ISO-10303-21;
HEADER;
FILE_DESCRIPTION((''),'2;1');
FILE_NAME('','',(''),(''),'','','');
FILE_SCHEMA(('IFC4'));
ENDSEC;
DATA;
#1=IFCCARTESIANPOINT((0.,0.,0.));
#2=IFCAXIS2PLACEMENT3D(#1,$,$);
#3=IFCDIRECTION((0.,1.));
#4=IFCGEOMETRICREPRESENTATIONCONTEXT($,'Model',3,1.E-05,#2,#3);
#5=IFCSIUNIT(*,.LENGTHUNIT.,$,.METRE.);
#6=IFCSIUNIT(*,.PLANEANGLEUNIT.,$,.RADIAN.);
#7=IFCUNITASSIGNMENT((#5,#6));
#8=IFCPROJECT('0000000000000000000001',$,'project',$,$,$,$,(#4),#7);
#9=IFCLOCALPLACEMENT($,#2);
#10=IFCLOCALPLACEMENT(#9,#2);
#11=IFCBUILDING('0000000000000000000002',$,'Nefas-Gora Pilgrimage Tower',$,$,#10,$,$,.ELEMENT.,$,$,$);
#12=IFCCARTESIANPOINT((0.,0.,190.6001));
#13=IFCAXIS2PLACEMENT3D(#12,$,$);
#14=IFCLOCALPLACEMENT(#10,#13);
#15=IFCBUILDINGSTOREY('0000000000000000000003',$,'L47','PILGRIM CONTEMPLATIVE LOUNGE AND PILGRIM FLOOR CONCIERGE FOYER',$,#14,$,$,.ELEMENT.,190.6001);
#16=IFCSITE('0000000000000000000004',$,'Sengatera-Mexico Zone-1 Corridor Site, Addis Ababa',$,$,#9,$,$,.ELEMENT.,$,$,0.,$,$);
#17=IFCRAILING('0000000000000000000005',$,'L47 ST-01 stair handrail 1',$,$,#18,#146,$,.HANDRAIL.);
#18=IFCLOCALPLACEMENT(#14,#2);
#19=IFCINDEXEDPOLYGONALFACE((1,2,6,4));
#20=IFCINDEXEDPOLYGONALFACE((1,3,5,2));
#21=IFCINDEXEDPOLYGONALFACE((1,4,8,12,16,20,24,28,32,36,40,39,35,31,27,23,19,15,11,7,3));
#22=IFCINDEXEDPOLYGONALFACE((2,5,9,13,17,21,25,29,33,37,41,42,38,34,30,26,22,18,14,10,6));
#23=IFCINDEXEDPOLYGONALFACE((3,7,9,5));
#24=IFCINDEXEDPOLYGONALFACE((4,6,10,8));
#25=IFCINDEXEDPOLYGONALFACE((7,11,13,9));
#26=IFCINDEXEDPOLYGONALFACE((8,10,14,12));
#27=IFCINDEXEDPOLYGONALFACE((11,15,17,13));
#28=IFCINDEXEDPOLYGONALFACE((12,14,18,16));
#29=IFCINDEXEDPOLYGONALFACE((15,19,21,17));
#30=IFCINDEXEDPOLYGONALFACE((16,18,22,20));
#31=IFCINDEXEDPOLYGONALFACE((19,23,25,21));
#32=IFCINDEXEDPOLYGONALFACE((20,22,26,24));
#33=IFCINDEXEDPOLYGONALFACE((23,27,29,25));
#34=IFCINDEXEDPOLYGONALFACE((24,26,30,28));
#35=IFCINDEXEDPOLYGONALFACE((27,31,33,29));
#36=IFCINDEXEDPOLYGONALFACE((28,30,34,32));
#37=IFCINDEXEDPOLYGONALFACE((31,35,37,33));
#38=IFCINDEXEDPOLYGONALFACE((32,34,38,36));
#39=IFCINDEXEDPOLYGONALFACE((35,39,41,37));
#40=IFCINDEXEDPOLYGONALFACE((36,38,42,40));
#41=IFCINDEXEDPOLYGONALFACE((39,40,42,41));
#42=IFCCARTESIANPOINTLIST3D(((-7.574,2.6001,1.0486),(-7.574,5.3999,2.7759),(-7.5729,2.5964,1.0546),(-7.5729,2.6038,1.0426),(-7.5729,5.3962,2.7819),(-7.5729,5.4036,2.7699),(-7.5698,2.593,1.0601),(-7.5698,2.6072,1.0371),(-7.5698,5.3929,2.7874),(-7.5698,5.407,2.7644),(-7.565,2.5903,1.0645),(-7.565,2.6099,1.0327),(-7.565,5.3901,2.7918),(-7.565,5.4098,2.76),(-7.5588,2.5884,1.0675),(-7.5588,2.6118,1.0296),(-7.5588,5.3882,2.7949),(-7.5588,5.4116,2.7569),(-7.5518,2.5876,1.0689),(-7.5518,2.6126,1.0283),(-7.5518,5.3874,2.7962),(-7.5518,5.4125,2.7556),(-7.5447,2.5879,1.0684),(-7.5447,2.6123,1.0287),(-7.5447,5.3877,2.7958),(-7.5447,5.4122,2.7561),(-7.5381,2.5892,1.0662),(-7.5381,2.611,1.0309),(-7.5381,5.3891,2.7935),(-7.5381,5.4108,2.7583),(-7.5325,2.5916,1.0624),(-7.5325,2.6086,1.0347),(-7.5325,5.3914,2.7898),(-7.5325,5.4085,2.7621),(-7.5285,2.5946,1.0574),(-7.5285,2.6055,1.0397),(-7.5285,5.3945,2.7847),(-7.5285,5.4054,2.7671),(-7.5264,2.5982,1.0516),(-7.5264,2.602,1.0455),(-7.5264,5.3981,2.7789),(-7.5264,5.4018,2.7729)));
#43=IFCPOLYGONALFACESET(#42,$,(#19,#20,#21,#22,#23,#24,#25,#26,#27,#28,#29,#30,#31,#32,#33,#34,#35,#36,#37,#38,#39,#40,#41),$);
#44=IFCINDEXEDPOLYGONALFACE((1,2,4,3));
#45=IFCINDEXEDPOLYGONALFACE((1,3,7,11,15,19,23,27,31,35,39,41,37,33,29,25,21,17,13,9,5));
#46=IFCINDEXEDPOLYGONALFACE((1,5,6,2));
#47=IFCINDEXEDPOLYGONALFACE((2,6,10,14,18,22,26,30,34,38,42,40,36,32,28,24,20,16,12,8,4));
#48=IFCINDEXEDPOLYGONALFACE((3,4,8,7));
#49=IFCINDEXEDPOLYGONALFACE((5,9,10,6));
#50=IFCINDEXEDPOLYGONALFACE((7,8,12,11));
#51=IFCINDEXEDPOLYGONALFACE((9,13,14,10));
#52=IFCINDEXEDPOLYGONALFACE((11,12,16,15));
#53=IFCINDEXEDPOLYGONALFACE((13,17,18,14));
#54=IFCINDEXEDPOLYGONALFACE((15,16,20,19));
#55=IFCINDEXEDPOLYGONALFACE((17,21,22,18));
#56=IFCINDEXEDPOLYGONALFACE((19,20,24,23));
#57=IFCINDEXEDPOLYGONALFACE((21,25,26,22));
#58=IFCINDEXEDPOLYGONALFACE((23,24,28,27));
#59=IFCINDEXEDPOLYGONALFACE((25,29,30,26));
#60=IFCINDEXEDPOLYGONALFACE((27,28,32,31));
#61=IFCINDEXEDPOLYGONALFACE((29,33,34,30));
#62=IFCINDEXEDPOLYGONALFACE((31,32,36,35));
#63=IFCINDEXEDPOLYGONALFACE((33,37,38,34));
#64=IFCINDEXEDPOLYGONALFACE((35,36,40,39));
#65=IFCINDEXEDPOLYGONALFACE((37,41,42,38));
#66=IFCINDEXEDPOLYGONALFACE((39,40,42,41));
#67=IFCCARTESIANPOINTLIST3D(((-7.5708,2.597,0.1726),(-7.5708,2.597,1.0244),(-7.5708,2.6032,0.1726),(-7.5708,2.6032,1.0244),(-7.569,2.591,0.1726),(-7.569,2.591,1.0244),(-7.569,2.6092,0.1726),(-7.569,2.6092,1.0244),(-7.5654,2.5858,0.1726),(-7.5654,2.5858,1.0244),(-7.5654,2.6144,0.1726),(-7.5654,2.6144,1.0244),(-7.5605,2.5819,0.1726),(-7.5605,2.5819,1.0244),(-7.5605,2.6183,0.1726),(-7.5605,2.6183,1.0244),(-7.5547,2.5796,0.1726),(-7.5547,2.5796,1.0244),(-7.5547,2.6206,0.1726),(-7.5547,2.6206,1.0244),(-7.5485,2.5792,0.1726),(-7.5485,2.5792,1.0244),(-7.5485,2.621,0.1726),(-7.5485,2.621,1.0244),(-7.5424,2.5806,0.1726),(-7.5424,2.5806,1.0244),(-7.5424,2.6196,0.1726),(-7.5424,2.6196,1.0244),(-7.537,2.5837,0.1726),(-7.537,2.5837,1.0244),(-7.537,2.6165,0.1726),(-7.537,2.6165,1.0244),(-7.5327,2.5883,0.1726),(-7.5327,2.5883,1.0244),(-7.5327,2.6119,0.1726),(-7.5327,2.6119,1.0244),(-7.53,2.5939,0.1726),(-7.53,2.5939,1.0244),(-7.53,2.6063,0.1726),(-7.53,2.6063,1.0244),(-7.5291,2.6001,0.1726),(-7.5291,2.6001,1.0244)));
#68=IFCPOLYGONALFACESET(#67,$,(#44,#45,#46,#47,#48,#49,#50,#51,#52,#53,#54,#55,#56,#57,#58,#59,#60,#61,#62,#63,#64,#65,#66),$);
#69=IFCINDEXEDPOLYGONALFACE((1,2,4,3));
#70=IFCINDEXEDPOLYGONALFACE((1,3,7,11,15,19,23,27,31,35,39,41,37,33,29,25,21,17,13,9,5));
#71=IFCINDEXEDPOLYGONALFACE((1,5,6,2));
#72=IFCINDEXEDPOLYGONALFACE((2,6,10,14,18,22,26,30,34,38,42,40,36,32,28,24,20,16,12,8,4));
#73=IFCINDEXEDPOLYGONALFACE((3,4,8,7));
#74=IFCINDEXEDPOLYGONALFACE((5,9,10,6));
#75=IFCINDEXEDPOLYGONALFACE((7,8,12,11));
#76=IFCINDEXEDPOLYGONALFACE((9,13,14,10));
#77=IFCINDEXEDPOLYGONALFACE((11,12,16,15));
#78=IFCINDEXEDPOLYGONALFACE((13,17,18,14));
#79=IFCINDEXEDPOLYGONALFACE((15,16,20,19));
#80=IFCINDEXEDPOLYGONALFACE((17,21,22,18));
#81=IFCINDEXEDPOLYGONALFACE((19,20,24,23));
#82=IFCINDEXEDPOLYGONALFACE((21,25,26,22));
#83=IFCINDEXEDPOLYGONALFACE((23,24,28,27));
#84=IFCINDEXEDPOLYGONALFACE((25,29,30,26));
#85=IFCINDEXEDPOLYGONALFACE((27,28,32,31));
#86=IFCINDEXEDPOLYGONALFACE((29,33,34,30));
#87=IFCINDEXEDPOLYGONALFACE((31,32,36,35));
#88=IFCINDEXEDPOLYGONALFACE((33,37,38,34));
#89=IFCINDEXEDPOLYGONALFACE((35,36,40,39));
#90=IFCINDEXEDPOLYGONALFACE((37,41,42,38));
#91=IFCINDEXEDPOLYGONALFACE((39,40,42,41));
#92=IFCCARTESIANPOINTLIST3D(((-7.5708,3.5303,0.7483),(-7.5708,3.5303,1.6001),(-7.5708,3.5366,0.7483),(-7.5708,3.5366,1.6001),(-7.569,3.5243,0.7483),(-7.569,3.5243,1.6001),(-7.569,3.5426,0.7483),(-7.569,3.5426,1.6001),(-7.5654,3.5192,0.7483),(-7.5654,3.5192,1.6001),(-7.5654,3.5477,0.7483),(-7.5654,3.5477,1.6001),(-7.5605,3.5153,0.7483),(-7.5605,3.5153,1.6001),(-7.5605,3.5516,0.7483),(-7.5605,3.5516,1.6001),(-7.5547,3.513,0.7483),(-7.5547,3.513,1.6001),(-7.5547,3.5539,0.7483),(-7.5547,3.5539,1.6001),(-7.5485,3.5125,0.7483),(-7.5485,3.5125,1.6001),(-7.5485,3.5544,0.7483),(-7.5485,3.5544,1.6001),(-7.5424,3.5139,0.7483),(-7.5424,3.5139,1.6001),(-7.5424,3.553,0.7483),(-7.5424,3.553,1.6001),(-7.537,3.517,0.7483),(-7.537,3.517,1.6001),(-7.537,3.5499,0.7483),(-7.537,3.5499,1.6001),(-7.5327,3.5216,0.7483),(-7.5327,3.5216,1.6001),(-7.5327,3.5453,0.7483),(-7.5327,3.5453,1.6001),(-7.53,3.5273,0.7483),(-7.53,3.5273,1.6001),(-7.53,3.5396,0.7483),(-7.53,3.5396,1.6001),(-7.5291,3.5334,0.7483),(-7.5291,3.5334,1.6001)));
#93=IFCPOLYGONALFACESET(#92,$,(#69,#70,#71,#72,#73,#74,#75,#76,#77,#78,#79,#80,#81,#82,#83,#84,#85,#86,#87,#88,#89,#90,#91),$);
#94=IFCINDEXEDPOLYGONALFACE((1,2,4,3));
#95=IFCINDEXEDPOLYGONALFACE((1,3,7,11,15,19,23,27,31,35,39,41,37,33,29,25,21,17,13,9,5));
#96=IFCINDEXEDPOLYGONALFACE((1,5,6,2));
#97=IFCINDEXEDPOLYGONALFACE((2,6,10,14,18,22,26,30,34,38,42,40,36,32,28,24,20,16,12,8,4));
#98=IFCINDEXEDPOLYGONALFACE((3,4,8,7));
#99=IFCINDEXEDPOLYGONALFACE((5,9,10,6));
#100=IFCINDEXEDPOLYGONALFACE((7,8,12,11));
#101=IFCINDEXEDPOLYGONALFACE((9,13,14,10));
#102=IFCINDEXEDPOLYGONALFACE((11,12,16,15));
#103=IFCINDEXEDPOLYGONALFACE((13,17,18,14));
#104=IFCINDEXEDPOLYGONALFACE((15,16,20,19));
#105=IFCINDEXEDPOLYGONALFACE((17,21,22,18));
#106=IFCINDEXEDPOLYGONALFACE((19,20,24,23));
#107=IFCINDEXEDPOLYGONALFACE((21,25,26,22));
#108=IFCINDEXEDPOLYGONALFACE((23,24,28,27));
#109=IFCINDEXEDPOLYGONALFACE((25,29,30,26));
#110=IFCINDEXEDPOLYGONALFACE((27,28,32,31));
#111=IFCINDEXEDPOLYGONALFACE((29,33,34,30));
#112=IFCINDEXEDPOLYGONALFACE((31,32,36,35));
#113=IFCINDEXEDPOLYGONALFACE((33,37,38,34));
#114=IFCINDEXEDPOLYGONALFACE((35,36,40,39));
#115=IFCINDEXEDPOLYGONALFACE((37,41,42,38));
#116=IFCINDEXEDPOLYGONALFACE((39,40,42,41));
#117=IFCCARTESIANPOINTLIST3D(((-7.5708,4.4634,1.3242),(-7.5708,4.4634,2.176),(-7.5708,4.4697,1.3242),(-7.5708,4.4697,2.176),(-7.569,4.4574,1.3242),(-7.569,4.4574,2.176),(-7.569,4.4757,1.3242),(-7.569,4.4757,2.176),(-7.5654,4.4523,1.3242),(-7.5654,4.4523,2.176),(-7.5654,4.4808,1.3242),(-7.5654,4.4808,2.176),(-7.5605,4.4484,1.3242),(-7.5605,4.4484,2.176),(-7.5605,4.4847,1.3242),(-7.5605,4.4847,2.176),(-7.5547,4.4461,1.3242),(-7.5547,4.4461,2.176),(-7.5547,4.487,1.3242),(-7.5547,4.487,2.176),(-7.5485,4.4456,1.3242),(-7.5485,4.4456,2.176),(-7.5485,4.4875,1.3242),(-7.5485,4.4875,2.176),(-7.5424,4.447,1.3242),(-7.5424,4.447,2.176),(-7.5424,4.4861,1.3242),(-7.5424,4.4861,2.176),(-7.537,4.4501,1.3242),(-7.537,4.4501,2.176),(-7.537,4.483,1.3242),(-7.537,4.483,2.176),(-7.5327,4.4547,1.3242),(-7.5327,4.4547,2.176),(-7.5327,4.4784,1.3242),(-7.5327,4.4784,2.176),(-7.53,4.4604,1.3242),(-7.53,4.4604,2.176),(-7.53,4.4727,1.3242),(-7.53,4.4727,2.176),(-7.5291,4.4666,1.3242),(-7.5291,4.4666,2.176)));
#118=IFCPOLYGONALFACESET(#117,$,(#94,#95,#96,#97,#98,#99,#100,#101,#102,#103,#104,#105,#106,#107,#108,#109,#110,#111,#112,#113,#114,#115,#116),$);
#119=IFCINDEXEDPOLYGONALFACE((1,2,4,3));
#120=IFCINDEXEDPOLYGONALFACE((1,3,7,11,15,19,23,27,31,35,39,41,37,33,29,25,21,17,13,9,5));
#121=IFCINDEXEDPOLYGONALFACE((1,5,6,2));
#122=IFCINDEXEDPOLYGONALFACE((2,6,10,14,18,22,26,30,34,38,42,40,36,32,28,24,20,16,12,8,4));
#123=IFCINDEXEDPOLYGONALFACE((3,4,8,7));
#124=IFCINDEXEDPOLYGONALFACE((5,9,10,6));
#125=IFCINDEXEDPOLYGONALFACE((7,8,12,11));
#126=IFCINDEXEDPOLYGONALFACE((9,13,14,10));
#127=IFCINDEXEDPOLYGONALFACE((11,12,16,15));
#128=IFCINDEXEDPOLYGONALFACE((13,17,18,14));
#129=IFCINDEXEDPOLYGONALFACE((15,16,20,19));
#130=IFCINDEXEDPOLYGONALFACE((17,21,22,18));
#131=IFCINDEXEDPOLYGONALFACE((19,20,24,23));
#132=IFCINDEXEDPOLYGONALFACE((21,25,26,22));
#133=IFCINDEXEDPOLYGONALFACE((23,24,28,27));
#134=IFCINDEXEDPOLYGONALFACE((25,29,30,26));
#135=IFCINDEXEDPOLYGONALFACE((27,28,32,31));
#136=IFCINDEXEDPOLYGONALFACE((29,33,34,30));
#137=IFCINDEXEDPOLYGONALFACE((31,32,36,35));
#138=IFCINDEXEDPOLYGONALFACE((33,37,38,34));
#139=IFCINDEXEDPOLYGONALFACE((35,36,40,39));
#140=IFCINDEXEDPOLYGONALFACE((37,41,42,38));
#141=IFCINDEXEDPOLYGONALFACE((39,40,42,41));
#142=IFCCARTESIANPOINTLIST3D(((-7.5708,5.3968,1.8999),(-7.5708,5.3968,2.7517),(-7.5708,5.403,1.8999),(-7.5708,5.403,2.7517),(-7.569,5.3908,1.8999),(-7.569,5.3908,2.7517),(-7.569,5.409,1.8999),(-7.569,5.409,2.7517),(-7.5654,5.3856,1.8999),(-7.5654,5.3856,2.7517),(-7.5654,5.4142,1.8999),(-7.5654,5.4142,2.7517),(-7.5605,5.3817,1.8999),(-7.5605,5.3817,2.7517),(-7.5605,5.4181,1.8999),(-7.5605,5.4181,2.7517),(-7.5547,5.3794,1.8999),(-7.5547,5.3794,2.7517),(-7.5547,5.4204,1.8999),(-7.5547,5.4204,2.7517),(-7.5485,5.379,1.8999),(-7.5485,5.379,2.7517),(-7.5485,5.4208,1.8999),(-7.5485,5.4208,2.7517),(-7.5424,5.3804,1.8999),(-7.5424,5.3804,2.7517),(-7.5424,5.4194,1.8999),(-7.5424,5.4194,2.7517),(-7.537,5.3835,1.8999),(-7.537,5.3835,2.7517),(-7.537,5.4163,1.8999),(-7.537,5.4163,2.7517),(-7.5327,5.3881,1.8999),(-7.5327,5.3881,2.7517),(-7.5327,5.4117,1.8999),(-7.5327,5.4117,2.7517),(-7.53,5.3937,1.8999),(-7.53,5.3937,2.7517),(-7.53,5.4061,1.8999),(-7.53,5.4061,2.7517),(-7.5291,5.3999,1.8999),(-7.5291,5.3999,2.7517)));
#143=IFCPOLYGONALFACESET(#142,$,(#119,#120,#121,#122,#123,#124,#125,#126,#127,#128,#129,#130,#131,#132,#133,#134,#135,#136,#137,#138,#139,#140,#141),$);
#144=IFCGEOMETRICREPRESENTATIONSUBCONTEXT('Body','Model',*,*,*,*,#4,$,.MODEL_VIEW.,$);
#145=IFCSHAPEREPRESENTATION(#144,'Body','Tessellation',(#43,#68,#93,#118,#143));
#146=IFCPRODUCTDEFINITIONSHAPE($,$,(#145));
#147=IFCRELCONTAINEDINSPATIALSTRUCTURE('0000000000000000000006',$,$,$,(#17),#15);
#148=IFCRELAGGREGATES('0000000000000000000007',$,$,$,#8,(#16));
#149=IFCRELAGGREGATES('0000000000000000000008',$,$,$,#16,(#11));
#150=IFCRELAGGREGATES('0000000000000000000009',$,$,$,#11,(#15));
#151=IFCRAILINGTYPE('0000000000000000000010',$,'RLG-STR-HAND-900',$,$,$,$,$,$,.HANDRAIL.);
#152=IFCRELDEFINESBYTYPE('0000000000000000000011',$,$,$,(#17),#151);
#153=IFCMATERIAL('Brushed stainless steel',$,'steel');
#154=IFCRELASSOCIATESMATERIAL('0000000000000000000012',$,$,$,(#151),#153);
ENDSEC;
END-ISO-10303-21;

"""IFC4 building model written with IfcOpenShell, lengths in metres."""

from ifc_helpers import new_model, si_unit, direction, frame, origin, origin_2d, place, context, subcontext, project, spatial, circle, extrude, material, type_object, element, save


model = new_model("IFC4")

# Units and contexts
model_context = context("Model", 3, precision=1e-05, world=origin(), true_north=direction((0.0, 1.0)))
body_context = subcontext(model_context, "Body", "Model", "MODEL_VIEW")
ifc_project = project(units=[si_unit("LENGTHUNIT", "METRE"), si_unit("PLANEANGLEUNIT", "RADIAN")], contexts=[model_context])

# Site, building, storey
site_placement = place(None, origin())
site = spatial("IfcSite", under=ifc_project, at=site_placement, Name="Sengatera-Mexico Zone-1 Corridor Site, Addis Ababa", CompositionType="ELEMENT", RefElevation=0.0)
building_placement = place(site_placement, origin())
building = spatial("IfcBuilding", under=site, at=building_placement, Name="Nefas-Gora Pilgrimage Tower", CompositionType="ELEMENT")
storey_placement = place(building_placement, frame((0.0, 0.0, 190.6001)))
storey = spatial("IfcBuildingStorey", under=building, at=storey_placement, Name="L47", Description="PILGRIM CONTEMPLATIVE LOUNGE AND PILGRIM FLOOR CONCIERGE FOYER", CompositionType="ELEMENT", Elevation=190.6001)

# Railing
ifc_material_1 = material(Name="Brushed stainless steel", Category="steel")
railing_type_1 = type_object("IfcRailingType", Name="RLG-STR-HAND-900", PredefinedType="HANDRAIL", material=ifc_material_1)
railing_1_placement = place(storey_placement, frame((-7.55, 2.6001, 0.1726)))
element("IfcRailing", 1, at=railing_1_placement, inside=storey, type_object=railing_type_1, Name="L47 ST-01 stair handrail 1", PredefinedType="HANDRAIL", context=body_context, shape_type="SweptSolid", body=[
    extrude(circle(Radius=0.0239, at=origin_2d()), frame((0.0, 0.0, 0.876), z_axis=(0.0, 0.851069, 0.525054), x_axis=(-1.0, 0.0, 0.0)), (0.0, 0.0, 1.0), 3.2898),
    extrude(circle(Radius=0.021, at=origin_2d()), origin(), (0.0, 0.0, 1.0), 0.8518),
    extrude(circle(Radius=0.021, at=origin_2d()), frame((0.0, 0.9333, 0.5757)), (0.0, 0.0, 1.0), 0.8518),
    extrude(circle(Radius=0.021, at=origin_2d()), frame((0.0, 1.8665, 1.1516)), (0.0, 0.0, 1.0), 0.8518),
    extrude(circle(Radius=0.021, at=origin_2d()), frame((0.0, 2.7998, 1.7273)), (0.0, 0.0, 1.0), 0.8518),
])

save(model, "model.ifc")
